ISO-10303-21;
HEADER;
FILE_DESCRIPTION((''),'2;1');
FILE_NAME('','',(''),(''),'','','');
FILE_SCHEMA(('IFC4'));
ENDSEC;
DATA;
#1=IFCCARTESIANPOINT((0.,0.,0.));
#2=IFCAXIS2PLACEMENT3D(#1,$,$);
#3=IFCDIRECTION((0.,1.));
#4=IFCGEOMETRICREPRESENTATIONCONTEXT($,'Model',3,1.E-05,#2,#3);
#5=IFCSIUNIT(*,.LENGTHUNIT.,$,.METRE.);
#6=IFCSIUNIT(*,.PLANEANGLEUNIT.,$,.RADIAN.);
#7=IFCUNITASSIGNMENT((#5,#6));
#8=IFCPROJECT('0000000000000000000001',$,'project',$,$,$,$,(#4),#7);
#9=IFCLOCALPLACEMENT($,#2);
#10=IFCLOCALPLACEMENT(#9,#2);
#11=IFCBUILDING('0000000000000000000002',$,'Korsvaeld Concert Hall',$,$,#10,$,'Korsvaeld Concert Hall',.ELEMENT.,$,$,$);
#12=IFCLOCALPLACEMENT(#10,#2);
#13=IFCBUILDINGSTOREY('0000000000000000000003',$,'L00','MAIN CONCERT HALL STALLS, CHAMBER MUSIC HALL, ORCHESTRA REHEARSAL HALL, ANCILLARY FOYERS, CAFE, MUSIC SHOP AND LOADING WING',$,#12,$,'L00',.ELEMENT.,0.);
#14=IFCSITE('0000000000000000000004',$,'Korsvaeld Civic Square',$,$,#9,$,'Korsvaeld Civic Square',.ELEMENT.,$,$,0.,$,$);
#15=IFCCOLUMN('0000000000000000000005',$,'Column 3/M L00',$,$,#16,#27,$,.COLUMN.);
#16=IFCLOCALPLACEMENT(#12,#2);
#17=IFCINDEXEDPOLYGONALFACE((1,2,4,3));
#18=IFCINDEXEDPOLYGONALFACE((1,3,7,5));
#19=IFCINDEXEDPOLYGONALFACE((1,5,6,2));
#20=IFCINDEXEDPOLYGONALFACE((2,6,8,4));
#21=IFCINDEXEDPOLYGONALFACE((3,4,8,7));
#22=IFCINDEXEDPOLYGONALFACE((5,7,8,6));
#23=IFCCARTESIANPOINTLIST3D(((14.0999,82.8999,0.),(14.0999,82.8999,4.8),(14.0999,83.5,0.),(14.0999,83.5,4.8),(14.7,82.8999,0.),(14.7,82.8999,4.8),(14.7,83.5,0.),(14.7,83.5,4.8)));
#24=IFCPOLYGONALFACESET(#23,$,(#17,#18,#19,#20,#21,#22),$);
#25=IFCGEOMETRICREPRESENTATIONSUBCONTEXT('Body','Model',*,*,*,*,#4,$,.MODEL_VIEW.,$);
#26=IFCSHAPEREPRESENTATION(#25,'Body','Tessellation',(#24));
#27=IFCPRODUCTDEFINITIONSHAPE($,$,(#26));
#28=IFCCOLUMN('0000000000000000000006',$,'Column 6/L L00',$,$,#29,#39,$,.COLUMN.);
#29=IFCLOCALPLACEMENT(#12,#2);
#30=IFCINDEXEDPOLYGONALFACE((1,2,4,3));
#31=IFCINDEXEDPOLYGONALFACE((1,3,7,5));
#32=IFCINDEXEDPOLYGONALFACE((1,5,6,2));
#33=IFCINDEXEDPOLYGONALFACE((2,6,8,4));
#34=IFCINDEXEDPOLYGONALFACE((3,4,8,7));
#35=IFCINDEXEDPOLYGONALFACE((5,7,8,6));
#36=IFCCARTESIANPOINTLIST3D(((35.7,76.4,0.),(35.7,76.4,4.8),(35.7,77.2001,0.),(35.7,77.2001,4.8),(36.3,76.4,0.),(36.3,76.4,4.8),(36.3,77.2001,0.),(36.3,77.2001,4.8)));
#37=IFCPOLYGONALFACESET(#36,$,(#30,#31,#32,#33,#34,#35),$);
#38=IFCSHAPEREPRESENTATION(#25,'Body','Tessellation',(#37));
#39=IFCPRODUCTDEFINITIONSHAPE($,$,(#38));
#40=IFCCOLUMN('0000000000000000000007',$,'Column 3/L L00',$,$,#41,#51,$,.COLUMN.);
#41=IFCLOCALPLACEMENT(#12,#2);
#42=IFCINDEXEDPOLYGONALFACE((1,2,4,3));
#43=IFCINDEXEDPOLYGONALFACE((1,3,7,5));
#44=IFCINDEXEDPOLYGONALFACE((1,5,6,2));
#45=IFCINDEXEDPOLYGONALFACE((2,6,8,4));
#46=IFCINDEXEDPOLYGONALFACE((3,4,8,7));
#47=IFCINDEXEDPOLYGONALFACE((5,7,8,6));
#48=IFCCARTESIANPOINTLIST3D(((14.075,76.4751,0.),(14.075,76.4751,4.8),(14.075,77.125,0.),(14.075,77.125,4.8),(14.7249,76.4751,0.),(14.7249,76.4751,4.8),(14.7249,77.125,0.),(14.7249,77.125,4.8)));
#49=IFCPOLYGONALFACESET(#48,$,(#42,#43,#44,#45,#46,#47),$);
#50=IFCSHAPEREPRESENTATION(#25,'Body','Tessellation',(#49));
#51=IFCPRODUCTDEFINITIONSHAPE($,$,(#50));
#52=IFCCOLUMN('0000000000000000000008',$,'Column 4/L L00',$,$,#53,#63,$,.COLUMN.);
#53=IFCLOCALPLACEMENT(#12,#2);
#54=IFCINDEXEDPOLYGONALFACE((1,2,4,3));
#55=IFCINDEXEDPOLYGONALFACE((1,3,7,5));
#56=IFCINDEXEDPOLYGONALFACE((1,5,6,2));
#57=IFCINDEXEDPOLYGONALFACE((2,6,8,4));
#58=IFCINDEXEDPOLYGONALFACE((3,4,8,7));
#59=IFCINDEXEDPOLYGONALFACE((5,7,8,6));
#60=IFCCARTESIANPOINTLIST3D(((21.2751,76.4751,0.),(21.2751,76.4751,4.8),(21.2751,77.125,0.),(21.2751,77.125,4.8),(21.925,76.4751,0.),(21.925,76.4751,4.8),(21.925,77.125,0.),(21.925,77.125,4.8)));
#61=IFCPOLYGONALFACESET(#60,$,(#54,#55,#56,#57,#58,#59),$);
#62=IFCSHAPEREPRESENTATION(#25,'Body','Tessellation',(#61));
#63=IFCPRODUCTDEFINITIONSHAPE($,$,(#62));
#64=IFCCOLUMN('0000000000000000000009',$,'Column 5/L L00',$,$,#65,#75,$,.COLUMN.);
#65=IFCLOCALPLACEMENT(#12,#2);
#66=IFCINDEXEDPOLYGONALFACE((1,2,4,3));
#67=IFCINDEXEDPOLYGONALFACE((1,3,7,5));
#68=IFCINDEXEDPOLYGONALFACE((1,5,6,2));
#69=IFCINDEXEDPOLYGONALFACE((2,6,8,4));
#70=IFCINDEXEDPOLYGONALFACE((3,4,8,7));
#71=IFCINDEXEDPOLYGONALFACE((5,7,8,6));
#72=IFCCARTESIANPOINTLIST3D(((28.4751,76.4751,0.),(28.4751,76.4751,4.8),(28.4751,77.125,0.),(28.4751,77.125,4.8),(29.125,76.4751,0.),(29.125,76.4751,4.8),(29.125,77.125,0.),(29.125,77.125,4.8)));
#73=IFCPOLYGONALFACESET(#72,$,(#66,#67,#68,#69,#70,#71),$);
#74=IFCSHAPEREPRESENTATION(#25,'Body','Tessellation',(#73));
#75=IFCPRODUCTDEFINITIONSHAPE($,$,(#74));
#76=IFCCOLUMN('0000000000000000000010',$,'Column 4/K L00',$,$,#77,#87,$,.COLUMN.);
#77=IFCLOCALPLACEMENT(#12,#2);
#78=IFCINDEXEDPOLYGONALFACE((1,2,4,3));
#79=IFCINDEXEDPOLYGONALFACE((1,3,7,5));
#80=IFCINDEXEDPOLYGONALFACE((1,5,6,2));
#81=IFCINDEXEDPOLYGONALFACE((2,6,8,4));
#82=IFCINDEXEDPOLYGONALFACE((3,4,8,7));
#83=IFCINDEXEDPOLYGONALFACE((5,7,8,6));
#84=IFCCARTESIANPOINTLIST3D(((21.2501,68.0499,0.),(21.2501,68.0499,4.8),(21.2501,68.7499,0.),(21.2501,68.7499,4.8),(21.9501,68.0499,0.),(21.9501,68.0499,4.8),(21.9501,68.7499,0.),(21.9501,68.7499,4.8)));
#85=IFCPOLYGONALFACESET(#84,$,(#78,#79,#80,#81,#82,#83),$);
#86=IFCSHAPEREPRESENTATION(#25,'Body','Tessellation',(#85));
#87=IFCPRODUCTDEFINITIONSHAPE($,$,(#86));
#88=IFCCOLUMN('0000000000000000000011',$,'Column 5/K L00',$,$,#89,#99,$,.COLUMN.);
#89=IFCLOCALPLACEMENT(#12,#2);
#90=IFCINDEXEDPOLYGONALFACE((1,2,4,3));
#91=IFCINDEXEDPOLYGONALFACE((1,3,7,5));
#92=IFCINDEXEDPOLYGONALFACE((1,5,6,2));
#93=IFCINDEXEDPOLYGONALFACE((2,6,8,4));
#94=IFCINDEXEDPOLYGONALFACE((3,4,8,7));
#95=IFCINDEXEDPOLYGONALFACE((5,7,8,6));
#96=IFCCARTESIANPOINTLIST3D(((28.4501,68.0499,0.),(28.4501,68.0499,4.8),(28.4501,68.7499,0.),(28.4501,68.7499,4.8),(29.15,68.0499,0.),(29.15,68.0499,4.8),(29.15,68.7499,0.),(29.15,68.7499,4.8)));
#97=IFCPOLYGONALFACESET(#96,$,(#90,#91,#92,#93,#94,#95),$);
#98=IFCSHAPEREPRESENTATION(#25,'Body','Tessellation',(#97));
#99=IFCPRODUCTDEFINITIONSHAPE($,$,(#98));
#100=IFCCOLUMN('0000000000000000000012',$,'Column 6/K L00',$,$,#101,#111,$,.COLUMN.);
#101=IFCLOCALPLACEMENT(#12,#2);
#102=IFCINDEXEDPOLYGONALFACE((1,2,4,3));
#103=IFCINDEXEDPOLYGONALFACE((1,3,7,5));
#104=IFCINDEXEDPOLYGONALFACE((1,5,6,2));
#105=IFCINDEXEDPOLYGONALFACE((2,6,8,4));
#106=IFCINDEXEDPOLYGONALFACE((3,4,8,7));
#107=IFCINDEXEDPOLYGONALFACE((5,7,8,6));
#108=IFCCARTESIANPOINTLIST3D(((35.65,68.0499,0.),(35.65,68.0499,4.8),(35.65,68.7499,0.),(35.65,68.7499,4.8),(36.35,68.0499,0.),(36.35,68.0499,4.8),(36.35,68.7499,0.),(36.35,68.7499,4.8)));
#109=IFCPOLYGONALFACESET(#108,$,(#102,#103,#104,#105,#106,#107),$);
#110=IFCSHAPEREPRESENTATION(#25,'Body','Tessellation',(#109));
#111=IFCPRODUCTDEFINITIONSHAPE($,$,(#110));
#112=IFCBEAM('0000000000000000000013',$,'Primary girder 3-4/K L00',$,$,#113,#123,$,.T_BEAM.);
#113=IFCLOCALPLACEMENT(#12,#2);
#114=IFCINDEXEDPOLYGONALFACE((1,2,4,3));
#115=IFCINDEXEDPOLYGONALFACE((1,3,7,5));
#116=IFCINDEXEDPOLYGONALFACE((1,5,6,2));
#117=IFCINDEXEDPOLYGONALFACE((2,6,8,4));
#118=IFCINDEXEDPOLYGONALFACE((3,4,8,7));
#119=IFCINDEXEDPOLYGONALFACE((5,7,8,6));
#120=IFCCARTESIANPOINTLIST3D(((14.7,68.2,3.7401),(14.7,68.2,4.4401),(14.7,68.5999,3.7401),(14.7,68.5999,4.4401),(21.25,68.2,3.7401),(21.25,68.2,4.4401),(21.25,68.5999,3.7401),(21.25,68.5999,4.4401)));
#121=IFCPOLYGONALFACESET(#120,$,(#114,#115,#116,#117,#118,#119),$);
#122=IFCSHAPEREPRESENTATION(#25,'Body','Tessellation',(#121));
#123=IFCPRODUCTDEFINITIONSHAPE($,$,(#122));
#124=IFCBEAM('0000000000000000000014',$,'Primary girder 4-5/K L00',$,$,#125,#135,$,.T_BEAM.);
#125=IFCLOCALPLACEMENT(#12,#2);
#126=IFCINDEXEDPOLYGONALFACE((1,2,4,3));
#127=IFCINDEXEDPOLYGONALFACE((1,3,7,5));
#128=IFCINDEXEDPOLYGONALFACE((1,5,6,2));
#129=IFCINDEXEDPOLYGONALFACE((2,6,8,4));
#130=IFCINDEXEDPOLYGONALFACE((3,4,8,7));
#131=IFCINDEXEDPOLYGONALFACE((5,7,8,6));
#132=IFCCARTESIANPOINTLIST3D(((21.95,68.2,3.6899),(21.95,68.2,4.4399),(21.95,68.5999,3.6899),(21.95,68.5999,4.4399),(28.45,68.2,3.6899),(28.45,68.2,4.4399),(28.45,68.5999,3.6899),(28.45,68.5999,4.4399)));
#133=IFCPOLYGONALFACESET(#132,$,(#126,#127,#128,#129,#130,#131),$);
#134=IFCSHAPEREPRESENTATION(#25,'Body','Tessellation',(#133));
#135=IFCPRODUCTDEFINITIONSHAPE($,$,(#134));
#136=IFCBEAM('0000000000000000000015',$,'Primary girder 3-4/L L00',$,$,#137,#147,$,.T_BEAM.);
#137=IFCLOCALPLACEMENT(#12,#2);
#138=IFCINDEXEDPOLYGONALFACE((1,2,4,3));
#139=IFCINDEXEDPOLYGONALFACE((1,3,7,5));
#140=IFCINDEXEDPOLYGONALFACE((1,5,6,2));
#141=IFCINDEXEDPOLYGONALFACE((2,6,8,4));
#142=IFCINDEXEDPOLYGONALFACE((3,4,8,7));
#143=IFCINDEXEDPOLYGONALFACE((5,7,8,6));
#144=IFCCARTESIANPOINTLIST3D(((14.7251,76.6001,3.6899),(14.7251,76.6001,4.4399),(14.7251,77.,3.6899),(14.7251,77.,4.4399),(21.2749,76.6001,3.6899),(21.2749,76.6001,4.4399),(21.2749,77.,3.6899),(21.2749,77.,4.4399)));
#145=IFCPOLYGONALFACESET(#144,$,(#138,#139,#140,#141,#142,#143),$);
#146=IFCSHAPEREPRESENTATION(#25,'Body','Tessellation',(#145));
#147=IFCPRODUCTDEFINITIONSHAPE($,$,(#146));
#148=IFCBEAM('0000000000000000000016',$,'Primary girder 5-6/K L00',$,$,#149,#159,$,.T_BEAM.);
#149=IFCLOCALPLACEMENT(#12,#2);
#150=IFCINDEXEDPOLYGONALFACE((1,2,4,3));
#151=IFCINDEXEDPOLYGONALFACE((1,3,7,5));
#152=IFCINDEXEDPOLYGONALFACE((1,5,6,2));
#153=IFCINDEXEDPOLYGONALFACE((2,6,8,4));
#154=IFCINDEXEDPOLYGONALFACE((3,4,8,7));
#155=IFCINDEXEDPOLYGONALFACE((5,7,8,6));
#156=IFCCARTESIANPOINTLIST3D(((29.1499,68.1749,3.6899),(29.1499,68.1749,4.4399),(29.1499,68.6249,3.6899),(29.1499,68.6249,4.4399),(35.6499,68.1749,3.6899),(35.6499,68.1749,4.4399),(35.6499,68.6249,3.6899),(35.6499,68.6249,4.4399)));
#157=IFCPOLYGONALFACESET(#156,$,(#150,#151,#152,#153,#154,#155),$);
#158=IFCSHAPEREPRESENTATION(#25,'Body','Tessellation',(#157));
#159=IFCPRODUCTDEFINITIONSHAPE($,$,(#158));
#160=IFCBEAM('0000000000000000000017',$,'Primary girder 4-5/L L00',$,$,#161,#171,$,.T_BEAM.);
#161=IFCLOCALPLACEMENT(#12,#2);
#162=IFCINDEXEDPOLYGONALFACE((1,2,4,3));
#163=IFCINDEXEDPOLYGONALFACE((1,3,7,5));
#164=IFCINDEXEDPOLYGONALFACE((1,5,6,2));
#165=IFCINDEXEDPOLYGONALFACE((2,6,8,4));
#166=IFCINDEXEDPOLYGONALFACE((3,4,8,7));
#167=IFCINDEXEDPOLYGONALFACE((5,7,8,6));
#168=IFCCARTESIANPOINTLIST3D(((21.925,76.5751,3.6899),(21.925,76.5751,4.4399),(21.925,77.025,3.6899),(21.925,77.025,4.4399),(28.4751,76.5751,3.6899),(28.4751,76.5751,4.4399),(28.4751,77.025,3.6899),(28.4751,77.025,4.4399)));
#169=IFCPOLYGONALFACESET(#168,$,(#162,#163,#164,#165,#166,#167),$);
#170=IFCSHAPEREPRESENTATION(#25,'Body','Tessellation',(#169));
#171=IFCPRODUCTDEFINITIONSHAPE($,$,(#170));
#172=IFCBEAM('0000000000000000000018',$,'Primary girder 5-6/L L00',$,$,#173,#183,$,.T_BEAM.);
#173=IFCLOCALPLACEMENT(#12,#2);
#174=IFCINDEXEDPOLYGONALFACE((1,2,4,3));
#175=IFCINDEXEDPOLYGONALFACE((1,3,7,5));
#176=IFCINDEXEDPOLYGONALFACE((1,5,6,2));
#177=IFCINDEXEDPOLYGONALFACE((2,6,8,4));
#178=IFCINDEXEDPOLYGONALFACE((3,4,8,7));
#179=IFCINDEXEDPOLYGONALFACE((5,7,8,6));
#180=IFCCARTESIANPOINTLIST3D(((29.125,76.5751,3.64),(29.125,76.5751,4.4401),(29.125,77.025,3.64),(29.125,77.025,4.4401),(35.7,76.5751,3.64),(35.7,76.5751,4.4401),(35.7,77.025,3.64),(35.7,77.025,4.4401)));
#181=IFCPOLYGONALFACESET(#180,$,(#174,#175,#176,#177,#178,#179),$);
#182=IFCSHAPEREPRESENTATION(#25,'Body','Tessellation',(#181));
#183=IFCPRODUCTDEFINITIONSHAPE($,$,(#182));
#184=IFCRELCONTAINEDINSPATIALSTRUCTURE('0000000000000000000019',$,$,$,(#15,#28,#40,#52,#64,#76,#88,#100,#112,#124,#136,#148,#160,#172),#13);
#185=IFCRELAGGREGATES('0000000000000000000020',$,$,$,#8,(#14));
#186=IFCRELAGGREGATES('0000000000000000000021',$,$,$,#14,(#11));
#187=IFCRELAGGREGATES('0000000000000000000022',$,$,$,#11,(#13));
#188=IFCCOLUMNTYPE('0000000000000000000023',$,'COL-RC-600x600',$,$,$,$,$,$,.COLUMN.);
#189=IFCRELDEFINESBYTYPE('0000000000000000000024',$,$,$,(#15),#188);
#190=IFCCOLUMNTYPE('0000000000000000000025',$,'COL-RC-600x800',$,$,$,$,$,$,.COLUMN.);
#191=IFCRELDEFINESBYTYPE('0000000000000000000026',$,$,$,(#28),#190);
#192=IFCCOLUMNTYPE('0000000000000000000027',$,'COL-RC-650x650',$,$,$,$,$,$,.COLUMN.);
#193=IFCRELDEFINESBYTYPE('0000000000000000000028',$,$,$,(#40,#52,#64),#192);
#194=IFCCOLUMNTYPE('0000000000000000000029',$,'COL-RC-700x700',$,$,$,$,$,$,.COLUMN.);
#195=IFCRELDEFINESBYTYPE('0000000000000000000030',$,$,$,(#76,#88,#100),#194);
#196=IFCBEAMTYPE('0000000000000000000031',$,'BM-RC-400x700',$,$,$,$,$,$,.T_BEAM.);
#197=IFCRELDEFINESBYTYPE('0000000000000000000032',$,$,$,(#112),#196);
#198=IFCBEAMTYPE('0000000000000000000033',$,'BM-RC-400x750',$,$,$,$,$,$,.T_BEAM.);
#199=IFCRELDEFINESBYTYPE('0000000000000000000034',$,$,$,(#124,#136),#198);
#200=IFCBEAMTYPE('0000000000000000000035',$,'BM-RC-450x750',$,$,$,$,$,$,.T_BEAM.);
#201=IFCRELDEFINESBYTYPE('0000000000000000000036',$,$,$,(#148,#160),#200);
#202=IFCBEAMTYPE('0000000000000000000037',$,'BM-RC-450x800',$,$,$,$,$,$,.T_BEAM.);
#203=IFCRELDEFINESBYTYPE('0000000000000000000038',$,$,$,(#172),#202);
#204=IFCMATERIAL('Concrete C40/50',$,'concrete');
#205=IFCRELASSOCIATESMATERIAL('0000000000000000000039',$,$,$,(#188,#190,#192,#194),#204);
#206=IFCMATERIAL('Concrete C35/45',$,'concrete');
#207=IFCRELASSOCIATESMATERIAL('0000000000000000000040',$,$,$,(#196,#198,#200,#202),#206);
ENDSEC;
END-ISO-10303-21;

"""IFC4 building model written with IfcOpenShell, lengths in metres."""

from ifc_helpers import new_model, si_unit, direction, frame, origin, origin_2d, place, context, subcontext, project, spatial, rectangle, extrude, material, material_profile, profile_set, type_object, element, save


model = new_model("IFC4")

# Units and contexts
model_context = context("Model", 3, precision=1e-05, world=origin(), true_north=direction((0.0, 1.0)))
body_context = subcontext(model_context, "Body", "Model", "MODEL_VIEW")
ifc_project = project(units=[si_unit("LENGTHUNIT", "METRE"), si_unit("PLANEANGLEUNIT", "RADIAN")], contexts=[model_context])

# Site, building, storey
site_placement = place(None, origin())
site = spatial("IfcSite", under=ifc_project, at=site_placement, Name="Korsvaeld Civic Square", LongName="Korsvaeld Civic Square", CompositionType="ELEMENT", RefElevation=0.0)
building_placement = place(site_placement, origin())
building = spatial("IfcBuilding", under=site, at=building_placement, Name="Korsvaeld Concert Hall", LongName="Korsvaeld Concert Hall", CompositionType="ELEMENT")
storey_placement = place(building_placement, origin())
storey = spatial("IfcBuildingStorey", under=building, at=storey_placement, Name="L00", Description="MAIN CONCERT HALL STALLS, CHAMBER MUSIC HALL, ORCHESTRA REHEARSAL HALL, ANCILLARY FOYERS, CAFE, MUSIC SHOP AND LOADING WING", LongName="L00", CompositionType="ELEMENT", Elevation=0.0)

# Columns
ifc_material_1 = material(Name="Concrete C40/50", Category="concrete")
ifc_material_profile_1 = material_profile(ifc_material_1, rectangle(XDim=0.6001, YDim=0.6001, at=origin_2d()), Name="RC 600x600")
ifc_profile_set_1 = profile_set([ifc_material_profile_1], Name="Concrete C40/50")
column_type_1 = type_object("IfcColumnType", Name="COL-RC-600x600", PredefinedType="COLUMN", material=ifc_profile_set_1)
column_1_placement = place(storey_placement, frame((14.3999, 83.2, 0.0), z_axis=(0.0, 0.0, 1.0), x_axis=(1.0, 0.0, 0.0)))
element("IfcColumn", 1, at=column_1_placement, inside=storey, type_object=column_type_1, Name="Column 3/M L00", PredefinedType="COLUMN", context=body_context, shape_type="SweptSolid", body=[
    extrude(rectangle(XDim=0.6001, YDim=0.6001, at=origin_2d()), origin(), (0.0, 0.0, 1.0), 4.8),
])
ifc_material_profile_2 = material_profile(ifc_material_1, rectangle(XDim=0.6001, YDim=0.8, at=origin_2d()), Name="RC 600x800")
ifc_profile_set_2 = profile_set([ifc_material_profile_2], Name="Concrete C40/50")
column_type_2 = type_object("IfcColumnType", Name="COL-RC-600x800", PredefinedType="COLUMN", material=ifc_profile_set_2)
column_2_placement = place(storey_placement, frame((36.0, 76.8, 0.0), z_axis=(0.0, 0.0, 1.0), x_axis=(1.0, 0.0, 0.0)))
element("IfcColumn", 2, at=column_2_placement, inside=storey, type_object=column_type_2, Name="Column 6/L L00", PredefinedType="COLUMN", context=body_context, shape_type="SweptSolid", body=[
    extrude(rectangle(XDim=0.6001, YDim=0.8, at=origin_2d()), origin(), (0.0, 0.0, 1.0), 4.8),
])
ifc_material_profile_3 = material_profile(ifc_material_1, rectangle(XDim=0.6499, YDim=0.6499, at=origin_2d()), Name="RC 650x650")
ifc_profile_set_3 = profile_set([ifc_material_profile_3], Name="Concrete C40/50")
column_type_3 = type_object("IfcColumnType", Name="COL-RC-650x650", PredefinedType="COLUMN", material=ifc_profile_set_3)
for number, where, z_axis, x_axis, name in (
    (3, (14.3999, 76.8, 0.0), (0.0, 0.0, 1.0), (1.0, 0.0, 0.0), "Column 3/L L00"),
    (4, (21.6001, 76.8, 0.0), (0.0, 0.0, 1.0), (1.0, 0.0, 0.0), "Column 4/L L00"),
    (5, (28.8, 76.8, 0.0), (0.0, 0.0, 1.0), (1.0, 0.0, 0.0), "Column 5/L L00"),
):
    element("IfcColumn", number, at=place(storey_placement, frame(where, z_axis=z_axis, x_axis=x_axis)), inside=storey, type_object=column_type_3, Name=name, PredefinedType="COLUMN", context=body_context, shape_type="SweptSolid", body=[
        extrude(rectangle(XDim=0.6499, YDim=0.6499, at=origin_2d()), origin(), (0.0, 0.0, 1.0), 4.8),
    ])
ifc_material_profile_4 = material_profile(ifc_material_1, rectangle(XDim=0.7, YDim=0.7, at=origin_2d()), Name="RC 700x700")
ifc_profile_set_4 = profile_set([ifc_material_profile_4], Name="Concrete C40/50")
column_type_4 = type_object("IfcColumnType", Name="COL-RC-700x700", PredefinedType="COLUMN", material=ifc_profile_set_4)
for number, where, z_axis, x_axis, name in (
    (6, (21.6001, 68.3999, 0.0), (0.0, 0.0, 1.0), (1.0, 0.0, 0.0), "Column 4/K L00"),
    (7, (28.8, 68.3999, 0.0), (0.0, 0.0, 1.0), (1.0, 0.0, 0.0), "Column 5/K L00"),
    (8, (36.0, 68.3999, 0.0), (0.0, 0.0, 1.0), (1.0, 0.0, 0.0), "Column 6/K L00"),
):
    element("IfcColumn", number, at=place(storey_placement, frame(where, z_axis=z_axis, x_axis=x_axis)), inside=storey, type_object=column_type_4, Name=name, PredefinedType="COLUMN", context=body_context, shape_type="SweptSolid", body=[
        extrude(rectangle(XDim=0.7, YDim=0.7, at=origin_2d()), origin(), (0.0, 0.0, 1.0), 4.8),
    ])

# Beams
ifc_material_2 = material(Name="Concrete C35/45", Category="concrete")
ifc_material_profile_5 = material_profile(ifc_material_2, rectangle(XDim=0.3999, YDim=0.7, at=origin_2d()), Name="RC 400x700")
ifc_profile_set_5 = profile_set([ifc_material_profile_5], Name="Concrete C35/45")
beam_type_1 = type_object("IfcBeamType", Name="BM-RC-400x700", PredefinedType="T_BEAM", material=ifc_profile_set_5)
beam_1_placement = place(storey_placement, frame((14.7, 68.3999, 4.0901), z_axis=(1.0, 0.0, 0.0), x_axis=(0.0, 1.0, 0.0)))
element("IfcBeam", 9, at=beam_1_placement, inside=storey, type_object=beam_type_1, Name="Primary girder 3-4/K L00", PredefinedType="T_BEAM", context=body_context, shape_type="SweptSolid", body=[
    extrude(rectangle(XDim=0.3999, YDim=0.7, at=origin_2d()), origin(), (0.0, 0.0, 1.0), 6.55),
])
ifc_material_profile_6 = material_profile(ifc_material_2, rectangle(XDim=0.3999, YDim=0.75, at=origin_2d()), Name="RC 400x750")
ifc_profile_set_6 = profile_set([ifc_material_profile_6], Name="Concrete C35/45")
beam_type_2 = type_object("IfcBeamType", Name="BM-RC-400x750", PredefinedType="T_BEAM", material=ifc_profile_set_6)
beam_2_placement = place(storey_placement, frame((21.95, 68.3999, 4.0649), z_axis=(1.0, 0.0, 0.0), x_axis=(0.0, 1.0, 0.0)))
element("IfcBeam", 10, at=beam_2_placement, inside=storey, type_object=beam_type_2, Name="Primary girder 4-5/K L00", PredefinedType="T_BEAM", context=body_context, shape_type="SweptSolid", body=[
    extrude(rectangle(XDim=0.3999, YDim=0.75, at=origin_2d()), origin(), (0.0, 0.0, 1.0), 6.5),
])
beam_3_placement = place(storey_placement, frame((14.7251, 76.8, 4.0649), z_axis=(1.0, 0.0, 0.0), x_axis=(0.0, 1.0, 0.0)))
element("IfcBeam", 11, at=beam_3_placement, inside=storey, type_object=beam_type_2, Name="Primary girder 3-4/L L00", PredefinedType="T_BEAM", context=body_context, shape_type="SweptSolid", body=[
    extrude(rectangle(XDim=0.3999, YDim=0.75, at=origin_2d()), origin(), (0.0, 0.0, 1.0), 6.5498),
])
ifc_material_profile_7 = material_profile(ifc_material_2, rectangle(XDim=0.45, YDim=0.75, at=origin_2d()), Name="RC 450x750")
ifc_profile_set_7 = profile_set([ifc_material_profile_7], Name="Concrete C35/45")
beam_type_3 = type_object("IfcBeamType", Name="BM-RC-450x750", PredefinedType="T_BEAM", material=ifc_profile_set_7)
beam_4_placement = place(storey_placement, frame((29.1499, 68.3999, 4.0649), z_axis=(1.0, 0.0, 0.0), x_axis=(0.0, 1.0, 0.0)))
element("IfcBeam", 12, at=beam_4_placement, inside=storey, type_object=beam_type_3, Name="Primary girder 5-6/K L00", PredefinedType="T_BEAM", context=body_context, shape_type="SweptSolid", body=[
    extrude(rectangle(XDim=0.45, YDim=0.75, at=origin_2d()), origin(), (0.0, 0.0, 1.0), 6.5),
])
beam_5_placement = place(storey_placement, frame((21.925, 76.8, 4.0649), z_axis=(1.0, 0.0, 0.0), x_axis=(0.0, 1.0, 0.0)))
element("IfcBeam", 13, at=beam_5_placement, inside=storey, type_object=beam_type_3, Name="Primary girder 4-5/L L00", PredefinedType="T_BEAM", context=body_context, shape_type="SweptSolid", body=[
    extrude(rectangle(XDim=0.45, YDim=0.75, at=origin_2d()), origin(), (0.0, 0.0, 1.0), 6.55),
])
ifc_material_profile_8 = material_profile(ifc_material_2, rectangle(XDim=0.45, YDim=0.8, at=origin_2d()), Name="RC 450x800")
ifc_profile_set_8 = profile_set([ifc_material_profile_8], Name="Concrete C35/45")
beam_type_4 = type_object("IfcBeamType", Name="BM-RC-450x800", PredefinedType="T_BEAM", material=ifc_profile_set_8)
beam_6_placement = place(storey_placement, frame((29.125, 76.8, 4.04), z_axis=(1.0, 0.0, 0.0), x_axis=(0.0, 1.0, 0.0)))
element("IfcBeam", 14, at=beam_6_placement, inside=storey, type_object=beam_type_4, Name="Primary girder 5-6/L L00", PredefinedType="T_BEAM", context=body_context, shape_type="SweptSolid", body=[
    extrude(rectangle(XDim=0.45, YDim=0.8, at=origin_2d()), origin(), (0.0, 0.0, 1.0), 6.575),
])

save(model, "model.ifc")
